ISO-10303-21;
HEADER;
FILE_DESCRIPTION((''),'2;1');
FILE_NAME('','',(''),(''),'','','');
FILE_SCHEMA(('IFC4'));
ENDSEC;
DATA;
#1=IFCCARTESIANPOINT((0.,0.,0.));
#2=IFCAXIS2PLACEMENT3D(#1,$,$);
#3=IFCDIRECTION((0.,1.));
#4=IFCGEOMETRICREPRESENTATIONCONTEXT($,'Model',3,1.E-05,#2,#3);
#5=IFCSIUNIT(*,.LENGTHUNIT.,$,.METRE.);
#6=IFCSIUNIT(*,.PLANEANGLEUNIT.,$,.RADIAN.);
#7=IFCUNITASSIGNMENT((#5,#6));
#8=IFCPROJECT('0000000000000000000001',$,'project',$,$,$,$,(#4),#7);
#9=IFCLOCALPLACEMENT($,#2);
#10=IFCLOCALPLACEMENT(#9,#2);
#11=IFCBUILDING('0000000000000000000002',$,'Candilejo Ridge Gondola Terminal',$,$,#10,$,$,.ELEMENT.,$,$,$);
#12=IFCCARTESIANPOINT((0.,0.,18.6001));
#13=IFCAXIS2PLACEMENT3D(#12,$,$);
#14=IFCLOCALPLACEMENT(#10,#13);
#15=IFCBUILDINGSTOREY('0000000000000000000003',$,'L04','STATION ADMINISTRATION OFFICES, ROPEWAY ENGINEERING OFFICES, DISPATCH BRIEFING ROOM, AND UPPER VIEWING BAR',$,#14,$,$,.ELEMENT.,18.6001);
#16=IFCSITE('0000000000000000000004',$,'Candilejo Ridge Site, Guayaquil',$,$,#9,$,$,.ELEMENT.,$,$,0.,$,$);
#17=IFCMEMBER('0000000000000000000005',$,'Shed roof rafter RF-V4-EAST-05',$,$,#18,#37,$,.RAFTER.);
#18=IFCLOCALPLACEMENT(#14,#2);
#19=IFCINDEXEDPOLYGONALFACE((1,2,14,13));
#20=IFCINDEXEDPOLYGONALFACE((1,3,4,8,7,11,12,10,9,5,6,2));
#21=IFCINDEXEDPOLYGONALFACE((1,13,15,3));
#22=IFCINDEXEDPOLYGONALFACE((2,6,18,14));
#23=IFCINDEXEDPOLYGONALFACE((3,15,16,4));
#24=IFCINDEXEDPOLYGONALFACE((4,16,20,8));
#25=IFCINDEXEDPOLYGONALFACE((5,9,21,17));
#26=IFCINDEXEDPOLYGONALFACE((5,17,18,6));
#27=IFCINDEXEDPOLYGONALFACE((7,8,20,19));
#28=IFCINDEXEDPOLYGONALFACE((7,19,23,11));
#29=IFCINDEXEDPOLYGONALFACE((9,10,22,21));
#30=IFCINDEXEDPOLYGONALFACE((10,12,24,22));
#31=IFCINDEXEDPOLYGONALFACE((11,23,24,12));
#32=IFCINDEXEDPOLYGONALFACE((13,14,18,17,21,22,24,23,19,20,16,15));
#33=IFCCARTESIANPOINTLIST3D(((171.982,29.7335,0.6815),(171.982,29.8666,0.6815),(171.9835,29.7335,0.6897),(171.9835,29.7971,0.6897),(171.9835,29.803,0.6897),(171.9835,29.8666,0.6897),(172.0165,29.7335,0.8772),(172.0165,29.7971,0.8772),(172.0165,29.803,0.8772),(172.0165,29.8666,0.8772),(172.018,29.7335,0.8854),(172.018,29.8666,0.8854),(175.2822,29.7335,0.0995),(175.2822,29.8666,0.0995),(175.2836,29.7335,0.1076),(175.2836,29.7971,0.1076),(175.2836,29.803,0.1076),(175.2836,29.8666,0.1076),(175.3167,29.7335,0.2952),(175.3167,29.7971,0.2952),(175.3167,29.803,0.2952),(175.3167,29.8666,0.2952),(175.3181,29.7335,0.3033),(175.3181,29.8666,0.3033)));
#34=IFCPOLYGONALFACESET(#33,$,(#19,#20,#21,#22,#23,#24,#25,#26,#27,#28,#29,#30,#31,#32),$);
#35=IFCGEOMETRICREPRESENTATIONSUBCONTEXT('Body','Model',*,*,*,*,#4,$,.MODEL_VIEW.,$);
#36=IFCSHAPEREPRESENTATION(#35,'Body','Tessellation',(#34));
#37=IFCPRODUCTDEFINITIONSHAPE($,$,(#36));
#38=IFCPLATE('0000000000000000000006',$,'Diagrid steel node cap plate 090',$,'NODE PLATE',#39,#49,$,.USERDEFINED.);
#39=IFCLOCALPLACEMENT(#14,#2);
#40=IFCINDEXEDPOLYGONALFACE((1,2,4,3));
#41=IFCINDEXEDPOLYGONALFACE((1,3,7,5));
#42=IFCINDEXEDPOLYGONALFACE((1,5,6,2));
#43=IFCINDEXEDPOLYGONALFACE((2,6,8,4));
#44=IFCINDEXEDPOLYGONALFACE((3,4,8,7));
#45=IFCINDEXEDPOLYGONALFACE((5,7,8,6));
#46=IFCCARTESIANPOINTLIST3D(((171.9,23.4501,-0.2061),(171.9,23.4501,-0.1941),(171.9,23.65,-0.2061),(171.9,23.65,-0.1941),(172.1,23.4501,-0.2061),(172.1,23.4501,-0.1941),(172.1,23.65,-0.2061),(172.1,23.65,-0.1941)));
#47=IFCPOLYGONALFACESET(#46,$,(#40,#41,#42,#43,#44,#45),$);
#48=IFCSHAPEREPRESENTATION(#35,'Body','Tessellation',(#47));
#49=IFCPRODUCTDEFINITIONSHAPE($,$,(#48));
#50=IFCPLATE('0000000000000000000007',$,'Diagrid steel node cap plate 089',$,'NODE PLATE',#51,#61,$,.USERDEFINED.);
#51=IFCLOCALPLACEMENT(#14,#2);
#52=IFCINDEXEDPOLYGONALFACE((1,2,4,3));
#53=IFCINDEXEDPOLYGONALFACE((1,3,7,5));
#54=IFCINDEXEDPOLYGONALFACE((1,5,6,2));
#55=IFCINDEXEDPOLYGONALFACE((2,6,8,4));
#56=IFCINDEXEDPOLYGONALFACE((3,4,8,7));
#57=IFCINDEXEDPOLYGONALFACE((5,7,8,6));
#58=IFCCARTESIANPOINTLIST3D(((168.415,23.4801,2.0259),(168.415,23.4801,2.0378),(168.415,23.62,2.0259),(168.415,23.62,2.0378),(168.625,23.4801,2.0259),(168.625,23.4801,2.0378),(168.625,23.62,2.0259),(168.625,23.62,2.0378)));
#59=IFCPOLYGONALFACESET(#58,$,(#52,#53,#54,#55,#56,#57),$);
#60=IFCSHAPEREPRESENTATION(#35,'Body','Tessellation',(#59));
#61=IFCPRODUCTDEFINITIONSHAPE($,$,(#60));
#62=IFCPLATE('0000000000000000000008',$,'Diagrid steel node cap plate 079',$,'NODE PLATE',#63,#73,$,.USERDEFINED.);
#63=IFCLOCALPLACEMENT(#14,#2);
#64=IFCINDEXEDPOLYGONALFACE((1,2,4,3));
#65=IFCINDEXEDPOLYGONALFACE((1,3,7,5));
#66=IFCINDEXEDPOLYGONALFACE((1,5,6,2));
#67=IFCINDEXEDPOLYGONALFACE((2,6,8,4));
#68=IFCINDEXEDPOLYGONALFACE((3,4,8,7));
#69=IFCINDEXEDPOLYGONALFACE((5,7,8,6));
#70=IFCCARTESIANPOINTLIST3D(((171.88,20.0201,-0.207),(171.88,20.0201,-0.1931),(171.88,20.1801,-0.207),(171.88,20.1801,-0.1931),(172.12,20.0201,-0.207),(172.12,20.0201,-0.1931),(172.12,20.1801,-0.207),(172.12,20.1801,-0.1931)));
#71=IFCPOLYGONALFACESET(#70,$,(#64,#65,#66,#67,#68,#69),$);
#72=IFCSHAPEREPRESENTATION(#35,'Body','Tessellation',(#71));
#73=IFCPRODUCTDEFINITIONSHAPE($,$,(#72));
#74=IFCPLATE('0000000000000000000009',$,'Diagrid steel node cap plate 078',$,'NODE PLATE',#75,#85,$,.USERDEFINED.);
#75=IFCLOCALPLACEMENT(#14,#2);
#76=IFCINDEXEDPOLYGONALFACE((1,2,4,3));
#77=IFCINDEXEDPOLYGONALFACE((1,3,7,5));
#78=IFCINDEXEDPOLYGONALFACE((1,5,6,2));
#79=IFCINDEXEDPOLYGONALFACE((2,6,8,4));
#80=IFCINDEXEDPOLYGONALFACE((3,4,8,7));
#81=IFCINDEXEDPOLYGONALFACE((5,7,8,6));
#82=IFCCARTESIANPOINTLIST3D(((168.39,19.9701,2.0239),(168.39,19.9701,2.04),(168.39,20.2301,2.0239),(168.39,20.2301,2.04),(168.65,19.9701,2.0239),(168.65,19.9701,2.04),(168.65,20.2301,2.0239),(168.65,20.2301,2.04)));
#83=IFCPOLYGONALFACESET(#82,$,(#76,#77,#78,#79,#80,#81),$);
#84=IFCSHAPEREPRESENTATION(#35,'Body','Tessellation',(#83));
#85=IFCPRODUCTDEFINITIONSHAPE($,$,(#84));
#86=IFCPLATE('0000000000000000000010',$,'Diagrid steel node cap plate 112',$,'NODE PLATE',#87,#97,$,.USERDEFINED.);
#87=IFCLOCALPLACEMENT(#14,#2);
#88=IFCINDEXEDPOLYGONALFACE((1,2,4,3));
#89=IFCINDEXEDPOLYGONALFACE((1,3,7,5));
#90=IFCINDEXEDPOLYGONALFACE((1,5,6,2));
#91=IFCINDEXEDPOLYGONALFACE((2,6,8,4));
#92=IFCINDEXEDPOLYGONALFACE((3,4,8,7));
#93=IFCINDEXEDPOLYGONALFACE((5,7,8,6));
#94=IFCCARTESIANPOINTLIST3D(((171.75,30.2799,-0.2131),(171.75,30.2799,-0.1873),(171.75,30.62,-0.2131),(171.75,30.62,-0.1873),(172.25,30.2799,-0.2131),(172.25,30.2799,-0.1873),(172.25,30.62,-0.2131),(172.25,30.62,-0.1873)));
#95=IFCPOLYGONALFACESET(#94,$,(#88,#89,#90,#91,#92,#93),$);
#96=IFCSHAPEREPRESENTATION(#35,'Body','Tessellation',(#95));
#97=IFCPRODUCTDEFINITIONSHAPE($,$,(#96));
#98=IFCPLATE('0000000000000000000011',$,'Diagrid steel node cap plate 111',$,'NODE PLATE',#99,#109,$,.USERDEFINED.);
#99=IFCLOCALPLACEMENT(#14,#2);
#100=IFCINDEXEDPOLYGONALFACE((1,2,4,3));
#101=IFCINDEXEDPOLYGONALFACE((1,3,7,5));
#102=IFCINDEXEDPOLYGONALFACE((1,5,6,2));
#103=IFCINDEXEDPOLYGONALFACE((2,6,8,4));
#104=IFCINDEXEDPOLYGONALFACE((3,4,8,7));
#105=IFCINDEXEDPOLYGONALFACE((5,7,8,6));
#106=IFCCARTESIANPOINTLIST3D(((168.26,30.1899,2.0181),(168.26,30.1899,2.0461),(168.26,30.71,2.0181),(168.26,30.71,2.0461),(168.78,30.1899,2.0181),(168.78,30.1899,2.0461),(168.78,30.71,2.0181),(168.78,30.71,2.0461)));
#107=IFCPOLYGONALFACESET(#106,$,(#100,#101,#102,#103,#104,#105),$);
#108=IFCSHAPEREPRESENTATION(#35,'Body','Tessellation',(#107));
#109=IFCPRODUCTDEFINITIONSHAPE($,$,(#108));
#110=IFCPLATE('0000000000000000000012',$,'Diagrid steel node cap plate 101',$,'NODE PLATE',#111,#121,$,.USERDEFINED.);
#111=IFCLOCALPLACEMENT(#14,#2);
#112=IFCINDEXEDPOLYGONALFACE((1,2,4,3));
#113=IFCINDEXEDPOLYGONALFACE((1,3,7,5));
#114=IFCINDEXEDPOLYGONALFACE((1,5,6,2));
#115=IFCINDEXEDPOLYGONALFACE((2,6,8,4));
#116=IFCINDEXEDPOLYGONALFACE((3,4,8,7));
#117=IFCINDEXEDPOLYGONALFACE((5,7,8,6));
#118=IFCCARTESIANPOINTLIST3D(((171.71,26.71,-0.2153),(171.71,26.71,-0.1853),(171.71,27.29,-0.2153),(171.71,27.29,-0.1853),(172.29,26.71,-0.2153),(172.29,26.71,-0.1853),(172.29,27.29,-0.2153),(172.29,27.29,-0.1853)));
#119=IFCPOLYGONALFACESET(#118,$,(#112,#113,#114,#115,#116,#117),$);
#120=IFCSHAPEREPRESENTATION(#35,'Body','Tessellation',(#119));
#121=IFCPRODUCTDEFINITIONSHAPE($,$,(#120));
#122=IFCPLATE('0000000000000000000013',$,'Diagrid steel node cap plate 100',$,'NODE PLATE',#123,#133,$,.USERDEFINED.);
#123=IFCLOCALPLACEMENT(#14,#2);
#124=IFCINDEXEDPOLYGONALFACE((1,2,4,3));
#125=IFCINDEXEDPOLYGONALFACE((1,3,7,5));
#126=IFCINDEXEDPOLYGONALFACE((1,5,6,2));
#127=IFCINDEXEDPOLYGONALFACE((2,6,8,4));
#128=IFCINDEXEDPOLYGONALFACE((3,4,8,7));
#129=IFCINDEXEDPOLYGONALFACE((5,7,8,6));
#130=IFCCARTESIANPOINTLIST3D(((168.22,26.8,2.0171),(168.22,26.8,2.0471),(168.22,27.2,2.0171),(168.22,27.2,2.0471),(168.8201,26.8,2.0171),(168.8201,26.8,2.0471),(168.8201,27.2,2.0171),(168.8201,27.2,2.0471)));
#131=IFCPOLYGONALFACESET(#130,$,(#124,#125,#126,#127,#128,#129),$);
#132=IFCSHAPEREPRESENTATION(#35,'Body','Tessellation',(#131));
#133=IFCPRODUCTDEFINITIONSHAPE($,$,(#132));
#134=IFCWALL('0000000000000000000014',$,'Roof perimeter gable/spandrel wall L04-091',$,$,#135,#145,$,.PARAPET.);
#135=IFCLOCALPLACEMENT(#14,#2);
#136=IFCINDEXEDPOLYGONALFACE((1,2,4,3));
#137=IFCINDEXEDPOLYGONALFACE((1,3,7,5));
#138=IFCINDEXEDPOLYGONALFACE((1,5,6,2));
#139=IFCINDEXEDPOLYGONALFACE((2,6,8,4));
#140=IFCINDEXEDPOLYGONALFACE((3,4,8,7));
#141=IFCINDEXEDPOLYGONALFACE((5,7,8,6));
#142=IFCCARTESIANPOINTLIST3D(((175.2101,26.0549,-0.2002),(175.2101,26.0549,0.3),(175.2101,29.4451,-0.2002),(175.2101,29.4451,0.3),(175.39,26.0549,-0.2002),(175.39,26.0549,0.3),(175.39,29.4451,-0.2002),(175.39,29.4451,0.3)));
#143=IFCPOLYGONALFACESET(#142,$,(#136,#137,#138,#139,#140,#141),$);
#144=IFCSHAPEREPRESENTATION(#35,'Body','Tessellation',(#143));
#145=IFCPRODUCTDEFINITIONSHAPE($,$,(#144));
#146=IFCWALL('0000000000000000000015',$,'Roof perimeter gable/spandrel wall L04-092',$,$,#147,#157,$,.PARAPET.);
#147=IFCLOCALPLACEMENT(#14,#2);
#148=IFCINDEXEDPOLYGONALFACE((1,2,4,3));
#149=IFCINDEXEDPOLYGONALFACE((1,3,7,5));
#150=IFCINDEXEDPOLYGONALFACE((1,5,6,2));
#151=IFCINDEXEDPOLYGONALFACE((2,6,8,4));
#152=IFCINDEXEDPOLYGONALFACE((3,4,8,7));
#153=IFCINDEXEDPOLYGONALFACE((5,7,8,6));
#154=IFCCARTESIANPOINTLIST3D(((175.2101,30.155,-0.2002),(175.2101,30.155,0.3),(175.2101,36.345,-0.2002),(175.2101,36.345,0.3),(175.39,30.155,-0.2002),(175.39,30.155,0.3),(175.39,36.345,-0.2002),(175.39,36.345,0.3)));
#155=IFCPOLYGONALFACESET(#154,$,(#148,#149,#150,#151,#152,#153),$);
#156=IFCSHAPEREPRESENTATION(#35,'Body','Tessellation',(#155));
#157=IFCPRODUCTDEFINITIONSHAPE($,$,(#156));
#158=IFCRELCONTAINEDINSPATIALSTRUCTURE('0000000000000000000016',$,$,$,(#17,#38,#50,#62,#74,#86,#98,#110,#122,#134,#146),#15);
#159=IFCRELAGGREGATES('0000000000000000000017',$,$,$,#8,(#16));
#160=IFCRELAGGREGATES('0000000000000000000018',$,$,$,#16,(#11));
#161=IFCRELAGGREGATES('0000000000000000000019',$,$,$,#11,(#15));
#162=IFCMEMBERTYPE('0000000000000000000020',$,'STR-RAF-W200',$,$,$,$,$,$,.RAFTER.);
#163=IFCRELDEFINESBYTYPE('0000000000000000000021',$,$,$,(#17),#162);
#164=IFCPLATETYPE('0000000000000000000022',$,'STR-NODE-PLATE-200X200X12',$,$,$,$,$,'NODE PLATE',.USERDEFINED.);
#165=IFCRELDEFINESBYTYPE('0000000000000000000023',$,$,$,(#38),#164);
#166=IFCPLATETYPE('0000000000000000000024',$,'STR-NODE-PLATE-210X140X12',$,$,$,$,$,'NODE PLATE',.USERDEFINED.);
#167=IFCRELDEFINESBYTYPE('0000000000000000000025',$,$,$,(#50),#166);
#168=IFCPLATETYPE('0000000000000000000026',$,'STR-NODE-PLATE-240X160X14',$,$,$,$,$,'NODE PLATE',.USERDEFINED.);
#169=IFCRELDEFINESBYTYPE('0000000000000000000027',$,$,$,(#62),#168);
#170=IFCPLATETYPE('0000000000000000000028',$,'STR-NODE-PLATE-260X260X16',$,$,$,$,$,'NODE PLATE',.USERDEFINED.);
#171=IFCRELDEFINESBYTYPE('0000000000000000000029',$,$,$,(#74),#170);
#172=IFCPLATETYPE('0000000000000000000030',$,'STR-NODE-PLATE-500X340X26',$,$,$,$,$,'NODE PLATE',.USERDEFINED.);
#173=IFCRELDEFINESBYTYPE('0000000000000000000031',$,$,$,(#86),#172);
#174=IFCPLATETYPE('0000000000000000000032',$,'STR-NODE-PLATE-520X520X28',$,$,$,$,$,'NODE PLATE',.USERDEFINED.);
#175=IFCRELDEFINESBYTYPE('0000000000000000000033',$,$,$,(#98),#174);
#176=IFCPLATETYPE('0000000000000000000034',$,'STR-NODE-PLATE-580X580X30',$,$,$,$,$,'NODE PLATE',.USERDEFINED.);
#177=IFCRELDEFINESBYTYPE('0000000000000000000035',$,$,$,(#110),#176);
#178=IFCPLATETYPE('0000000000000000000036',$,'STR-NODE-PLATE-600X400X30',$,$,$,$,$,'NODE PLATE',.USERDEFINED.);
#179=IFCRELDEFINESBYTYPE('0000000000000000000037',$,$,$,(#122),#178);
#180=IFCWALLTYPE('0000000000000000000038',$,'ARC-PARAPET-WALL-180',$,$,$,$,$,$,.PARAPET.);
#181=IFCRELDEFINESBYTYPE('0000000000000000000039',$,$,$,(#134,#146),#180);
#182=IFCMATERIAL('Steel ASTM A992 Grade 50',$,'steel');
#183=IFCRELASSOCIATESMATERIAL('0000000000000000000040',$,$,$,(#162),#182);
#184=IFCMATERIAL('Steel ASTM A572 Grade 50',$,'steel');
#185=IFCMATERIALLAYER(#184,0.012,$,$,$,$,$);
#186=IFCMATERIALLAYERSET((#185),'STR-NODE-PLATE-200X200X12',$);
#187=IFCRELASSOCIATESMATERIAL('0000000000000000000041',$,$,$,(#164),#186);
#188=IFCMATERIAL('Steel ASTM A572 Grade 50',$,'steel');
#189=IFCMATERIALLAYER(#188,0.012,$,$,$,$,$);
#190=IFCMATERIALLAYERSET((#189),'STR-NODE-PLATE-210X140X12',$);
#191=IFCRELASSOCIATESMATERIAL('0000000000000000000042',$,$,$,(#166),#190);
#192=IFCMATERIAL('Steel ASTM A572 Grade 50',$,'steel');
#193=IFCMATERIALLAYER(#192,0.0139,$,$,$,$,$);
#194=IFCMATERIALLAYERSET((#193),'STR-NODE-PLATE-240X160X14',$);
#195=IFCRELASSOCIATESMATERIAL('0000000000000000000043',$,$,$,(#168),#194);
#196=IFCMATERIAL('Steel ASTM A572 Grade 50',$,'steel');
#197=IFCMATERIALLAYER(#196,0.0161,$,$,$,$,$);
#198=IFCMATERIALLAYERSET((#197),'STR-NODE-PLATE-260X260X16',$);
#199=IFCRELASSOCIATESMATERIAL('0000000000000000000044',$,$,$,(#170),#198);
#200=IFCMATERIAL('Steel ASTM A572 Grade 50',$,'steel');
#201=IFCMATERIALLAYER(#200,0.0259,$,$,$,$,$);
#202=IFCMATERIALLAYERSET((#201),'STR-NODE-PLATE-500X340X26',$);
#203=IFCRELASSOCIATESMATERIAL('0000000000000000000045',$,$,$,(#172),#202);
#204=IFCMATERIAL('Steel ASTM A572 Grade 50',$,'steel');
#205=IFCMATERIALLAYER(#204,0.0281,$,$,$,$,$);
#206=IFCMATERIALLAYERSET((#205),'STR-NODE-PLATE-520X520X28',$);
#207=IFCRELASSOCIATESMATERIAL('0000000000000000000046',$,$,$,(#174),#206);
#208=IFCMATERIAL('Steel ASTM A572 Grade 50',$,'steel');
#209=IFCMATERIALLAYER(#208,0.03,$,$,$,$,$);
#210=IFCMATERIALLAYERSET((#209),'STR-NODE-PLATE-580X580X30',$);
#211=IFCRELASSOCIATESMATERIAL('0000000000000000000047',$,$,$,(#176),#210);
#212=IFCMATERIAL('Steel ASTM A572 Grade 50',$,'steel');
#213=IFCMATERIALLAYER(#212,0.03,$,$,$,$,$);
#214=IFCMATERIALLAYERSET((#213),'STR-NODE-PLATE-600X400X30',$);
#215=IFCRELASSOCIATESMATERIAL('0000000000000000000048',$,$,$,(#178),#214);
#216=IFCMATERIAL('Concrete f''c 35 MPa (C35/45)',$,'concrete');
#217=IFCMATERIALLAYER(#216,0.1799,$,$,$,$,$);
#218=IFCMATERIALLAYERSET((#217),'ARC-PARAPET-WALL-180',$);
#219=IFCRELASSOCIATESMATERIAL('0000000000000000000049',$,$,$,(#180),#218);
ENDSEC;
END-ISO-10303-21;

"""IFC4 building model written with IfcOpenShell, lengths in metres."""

from ifc_helpers import new_model, si_unit, direction, frame, frame_2d, origin, origin_2d, place, context, subcontext, project, spatial, rectangle, i_section, extrude, material, layer, layer_set, material_profile, profile_set, type_object, element, save


model = new_model("IFC4")

# Units and contexts
model_context = context("Model", 3, precision=1e-05, world=origin(), true_north=direction((0.0, 1.0)))
body_context = subcontext(model_context, "Body", "Model", "MODEL_VIEW")
ifc_project = project(units=[si_unit("LENGTHUNIT", "METRE"), si_unit("PLANEANGLEUNIT", "RADIAN")], contexts=[model_context])

# Site, building, storey
site_placement = place(None, origin())
site = spatial("IfcSite", under=ifc_project, at=site_placement, Name="Candilejo Ridge Site, Guayaquil", CompositionType="ELEMENT", RefElevation=0.0)
building_placement = place(site_placement, origin())
building = spatial("IfcBuilding", under=site, at=building_placement, Name="Candilejo Ridge Gondola Terminal", CompositionType="ELEMENT")
storey_placement = place(building_placement, frame((0.0, 0.0, 18.6001)))
storey = spatial("IfcBuildingStorey", under=building, at=storey_placement, Name="L04", Description="STATION ADMINISTRATION OFFICES, ROPEWAY ENGINEERING OFFICES, DISPATCH BRIEFING ROOM, AND UPPER VIEWING BAR", CompositionType="ELEMENT", Elevation=18.6001)

# Member
ifc_material_1 = material(Name="Steel ASTM A992 Grade 50", Category="steel")
ifc_material_profile_1 = material_profile(ifc_material_1, i_section(OverallWidth=0.1331, OverallDepth=0.207, WebThickness=0.0059, FlangeThickness=0.0083, at=origin_2d()))
ifc_profile_set_1 = profile_set([ifc_material_profile_1], Name="Steel ASTM A992 Grade 50")
member_type_1 = type_object("IfcMemberType", Name="STR-RAF-W200", PredefinedType="RAFTER", material=ifc_profile_set_1)
for number, where, z_axis, x_axis, name in (
    (1, (172.0, 29.8, 0.7834), (0.9848, 0.0, -0.17369), (0.0, 1.0, 0.0), "Shed roof rafter RF-V4-EAST-05"),
):
    element("IfcMember", number, at=place(storey_placement, frame(where, z_axis=z_axis, x_axis=x_axis)), inside=storey, type_object=member_type_1, Name=name, PredefinedType="RAFTER", context=body_context, shape_type="SweptSolid", body=[
        extrude(i_section(OverallWidth=0.1331, OverallDepth=0.207, WebThickness=0.0059, FlangeThickness=0.0083, at=origin_2d()), origin(), (0.0, 0.0, 1.0), 3.3511),
    ])

# Plates
ifc_material_2 = material(Name="Steel ASTM A572 Grade 50", Category="steel")
ifc_layer_1 = layer(ifc_material_2, 0.012)
ifc_layer_set_1 = layer_set([ifc_layer_1], Name="STR-NODE-PLATE-200X200X12")
plate_type_1 = type_object("IfcPlateType", Name="STR-NODE-PLATE-200X200X12", ElementType="NODE PLATE", PredefinedType="USERDEFINED", material=ifc_layer_set_1)
plate_1_placement = place(storey_placement, frame((172.0, 23.55, -0.2061), z_axis=(0.0, 0.0, 1.0), x_axis=(1.0, 0.0, 0.0)))
element("IfcPlate", 2, at=plate_1_placement, inside=storey, type_object=plate_type_1, Name="Diagrid steel node cap plate 090", ObjectType="NODE PLATE", PredefinedType="USERDEFINED", context=body_context, shape_type="SweptSolid", body=[
    extrude(rectangle(XDim=0.2, YDim=0.2, at=origin_2d()), origin(), (0.0, 0.0, 1.0), 0.012),
])
ifc_material_3 = material(Name="Steel ASTM A572 Grade 50", Category="steel")
ifc_layer_2 = layer(ifc_material_3, 0.012)
ifc_layer_set_2 = layer_set([ifc_layer_2], Name="STR-NODE-PLATE-210X140X12")
plate_type_2 = type_object("IfcPlateType", Name="STR-NODE-PLATE-210X140X12", ElementType="NODE PLATE", PredefinedType="USERDEFINED", material=ifc_layer_set_2)
plate_2_placement = place(storey_placement, frame((168.52, 23.55, 2.0259), z_axis=(0.0, 0.0, 1.0), x_axis=(1.0, 0.0, 0.0)))
element("IfcPlate", 3, at=plate_2_placement, inside=storey, type_object=plate_type_2, Name="Diagrid steel node cap plate 089", ObjectType="NODE PLATE", PredefinedType="USERDEFINED", context=body_context, shape_type="SweptSolid", body=[
    extrude(rectangle(XDim=0.21, YDim=0.1399, at=origin_2d()), origin(), (0.0, 0.0, 1.0), 0.012),
])
ifc_material_4 = material(Name="Steel ASTM A572 Grade 50", Category="steel")
ifc_layer_3 = layer(ifc_material_4, 0.0139)
ifc_layer_set_3 = layer_set([ifc_layer_3], Name="STR-NODE-PLATE-240X160X14")
plate_type_3 = type_object("IfcPlateType", Name="STR-NODE-PLATE-240X160X14", ElementType="NODE PLATE", PredefinedType="USERDEFINED", material=ifc_layer_set_3)
plate_3_placement = place(storey_placement, frame((172.0, 20.1001, -0.207), z_axis=(0.0, 0.0, 1.0), x_axis=(1.0, 0.0, 0.0)))
element("IfcPlate", 4, at=plate_3_placement, inside=storey, type_object=plate_type_3, Name="Diagrid steel node cap plate 079", ObjectType="NODE PLATE", PredefinedType="USERDEFINED", context=body_context, shape_type="SweptSolid", body=[
    extrude(rectangle(XDim=0.24, YDim=0.1599, at=origin_2d()), origin(), (0.0, 0.0, 1.0), 0.0139),
])
ifc_material_5 = material(Name="Steel ASTM A572 Grade 50", Category="steel")
ifc_layer_4 = layer(ifc_material_5, 0.0161)
ifc_layer_set_4 = layer_set([ifc_layer_4], Name="STR-NODE-PLATE-260X260X16")
plate_type_4 = type_object("IfcPlateType", Name="STR-NODE-PLATE-260X260X16", ElementType="NODE PLATE", PredefinedType="USERDEFINED", material=ifc_layer_set_4)
plate_4_placement = place(storey_placement, frame((168.52, 20.1001, 2.0239), z_axis=(0.0, 0.0, 1.0), x_axis=(1.0, 0.0, 0.0)))
element("IfcPlate", 5, at=plate_4_placement, inside=storey, type_object=plate_type_4, Name="Diagrid steel node cap plate 078", ObjectType="NODE PLATE", PredefinedType="USERDEFINED", context=body_context, shape_type="SweptSolid", body=[
    extrude(rectangle(XDim=0.26, YDim=0.26, at=origin_2d()), origin(), (0.0, 0.0, 1.0), 0.0161),
])
ifc_material_6 = material(Name="Steel ASTM A572 Grade 50", Category="steel")
ifc_layer_5 = layer(ifc_material_6, 0.0259)
ifc_layer_set_5 = layer_set([ifc_layer_5], Name="STR-NODE-PLATE-500X340X26")
plate_type_5 = type_object("IfcPlateType", Name="STR-NODE-PLATE-500X340X26", ElementType="NODE PLATE", PredefinedType="USERDEFINED", material=ifc_layer_set_5)
plate_5_placement = place(storey_placement, frame((172.0, 30.45, -0.2131), z_axis=(0.0, 0.0, 1.0), x_axis=(1.0, 0.0, 0.0)))
element("IfcPlate", 6, at=plate_5_placement, inside=storey, type_object=plate_type_5, Name="Diagrid steel node cap plate 112", ObjectType="NODE PLATE", PredefinedType="USERDEFINED", context=body_context, shape_type="SweptSolid", body=[
    extrude(rectangle(XDim=0.5, YDim=0.3401, at=origin_2d()), origin(), (0.0, 0.0, 1.0), 0.0259),
])
ifc_material_7 = material(Name="Steel ASTM A572 Grade 50", Category="steel")
ifc_layer_6 = layer(ifc_material_7, 0.0281)
ifc_layer_set_6 = layer_set([ifc_layer_6], Name="STR-NODE-PLATE-520X520X28")
plate_type_6 = type_object("IfcPlateType", Name="STR-NODE-PLATE-520X520X28", ElementType="NODE PLATE", PredefinedType="USERDEFINED", material=ifc_layer_set_6)
plate_6_placement = place(storey_placement, frame((168.52, 30.45, 2.0181), z_axis=(0.0, 0.0, 1.0), x_axis=(1.0, 0.0, 0.0)))
element("IfcPlate", 7, at=plate_6_placement, inside=storey, type_object=plate_type_6, Name="Diagrid steel node cap plate 111", ObjectType="NODE PLATE", PredefinedType="USERDEFINED", context=body_context, shape_type="SweptSolid", body=[
    extrude(rectangle(XDim=0.52, YDim=0.52, at=origin_2d()), origin(), (0.0, 0.0, 1.0), 0.0281),
])
ifc_material_8 = material(Name="Steel ASTM A572 Grade 50", Category="steel")
ifc_layer_7 = layer(ifc_material_8, 0.03)
ifc_layer_set_7 = layer_set([ifc_layer_7], Name="STR-NODE-PLATE-580X580X30")
plate_type_7 = type_object("IfcPlateType", Name="STR-NODE-PLATE-580X580X30", ElementType="NODE PLATE", PredefinedType="USERDEFINED", material=ifc_layer_set_7)
plate_7_placement = place(storey_placement, frame((172.0, 27.0, -0.2153), z_axis=(0.0, 0.0, 1.0), x_axis=(1.0, 0.0, 0.0)))
element("IfcPlate", 8, at=plate_7_placement, inside=storey, type_object=plate_type_7, Name="Diagrid steel node cap plate 101", ObjectType="NODE PLATE", PredefinedType="USERDEFINED", context=body_context, shape_type="SweptSolid", body=[
    extrude(rectangle(XDim=0.5801, YDim=0.5801, at=origin_2d()), origin(), (0.0, 0.0, 1.0), 0.03),
])
ifc_material_9 = material(Name="Steel ASTM A572 Grade 50", Category="steel")
ifc_layer_8 = layer(ifc_material_9, 0.03)
ifc_layer_set_8 = layer_set([ifc_layer_8], Name="STR-NODE-PLATE-600X400X30")
plate_type_8 = type_object("IfcPlateType", Name="STR-NODE-PLATE-600X400X30", ElementType="NODE PLATE", PredefinedType="USERDEFINED", material=ifc_layer_set_8)
plate_8_placement = place(storey_placement, frame((168.52, 27.0, 2.0171), z_axis=(0.0, 0.0, 1.0), x_axis=(1.0, 0.0, 0.0)))
element("IfcPlate", 9, at=plate_8_placement, inside=storey, type_object=plate_type_8, Name="Diagrid steel node cap plate 100", ObjectType="NODE PLATE", PredefinedType="USERDEFINED", context=body_context, shape_type="SweptSolid", body=[
    extrude(rectangle(XDim=0.6001, YDim=0.3999, at=origin_2d()), origin(), (0.0, 0.0, 1.0), 0.03),
])

# Walls
ifc_material_10 = material(Name="Concrete f'c 35 MPa (C35/45)", Category="concrete")
ifc_layer_9 = layer(ifc_material_10, 0.1799)
ifc_layer_set_9 = layer_set([ifc_layer_9], Name="ARC-PARAPET-WALL-180")
wall_type = type_object("IfcWallType", Name="ARC-PARAPET-WALL-180", PredefinedType="PARAPET", material=ifc_layer_set_9)
wall_1_placement = place(storey_placement, frame((175.3, 26.0549, -0.2002), z_axis=(0.0, 0.0, 1.0), x_axis=(0.0, 1.0, 0.0)))
element("IfcWall", 10, at=wall_1_placement, inside=storey, type_object=wall_type, Name="Roof perimeter gable/spandrel wall L04-091", PredefinedType="PARAPET", context=body_context, shape_type="SweptSolid", body=[
    extrude(rectangle(XDim=3.3901, YDim=0.1799, at=frame_2d((1.6951, 0.0))), origin(), (0.0, 0.0, 1.0), 0.5002),
])
wall_2_placement = place(storey_placement, frame((175.3, 30.155, -0.2002), z_axis=(0.0, 0.0, 1.0), x_axis=(0.0, 1.0, 0.0)))
element("IfcWall", 11, at=wall_2_placement, inside=storey, type_object=wall_type, Name="Roof perimeter gable/spandrel wall L04-092", PredefinedType="PARAPET", context=body_context, shape_type="SweptSolid", body=[
    extrude(rectangle(XDim=6.1899, YDim=0.1799, at=frame_2d((3.095, 0.0))), origin(), (0.0, 0.0, 1.0), 0.5002),
])

save(model, "model.ifc")
